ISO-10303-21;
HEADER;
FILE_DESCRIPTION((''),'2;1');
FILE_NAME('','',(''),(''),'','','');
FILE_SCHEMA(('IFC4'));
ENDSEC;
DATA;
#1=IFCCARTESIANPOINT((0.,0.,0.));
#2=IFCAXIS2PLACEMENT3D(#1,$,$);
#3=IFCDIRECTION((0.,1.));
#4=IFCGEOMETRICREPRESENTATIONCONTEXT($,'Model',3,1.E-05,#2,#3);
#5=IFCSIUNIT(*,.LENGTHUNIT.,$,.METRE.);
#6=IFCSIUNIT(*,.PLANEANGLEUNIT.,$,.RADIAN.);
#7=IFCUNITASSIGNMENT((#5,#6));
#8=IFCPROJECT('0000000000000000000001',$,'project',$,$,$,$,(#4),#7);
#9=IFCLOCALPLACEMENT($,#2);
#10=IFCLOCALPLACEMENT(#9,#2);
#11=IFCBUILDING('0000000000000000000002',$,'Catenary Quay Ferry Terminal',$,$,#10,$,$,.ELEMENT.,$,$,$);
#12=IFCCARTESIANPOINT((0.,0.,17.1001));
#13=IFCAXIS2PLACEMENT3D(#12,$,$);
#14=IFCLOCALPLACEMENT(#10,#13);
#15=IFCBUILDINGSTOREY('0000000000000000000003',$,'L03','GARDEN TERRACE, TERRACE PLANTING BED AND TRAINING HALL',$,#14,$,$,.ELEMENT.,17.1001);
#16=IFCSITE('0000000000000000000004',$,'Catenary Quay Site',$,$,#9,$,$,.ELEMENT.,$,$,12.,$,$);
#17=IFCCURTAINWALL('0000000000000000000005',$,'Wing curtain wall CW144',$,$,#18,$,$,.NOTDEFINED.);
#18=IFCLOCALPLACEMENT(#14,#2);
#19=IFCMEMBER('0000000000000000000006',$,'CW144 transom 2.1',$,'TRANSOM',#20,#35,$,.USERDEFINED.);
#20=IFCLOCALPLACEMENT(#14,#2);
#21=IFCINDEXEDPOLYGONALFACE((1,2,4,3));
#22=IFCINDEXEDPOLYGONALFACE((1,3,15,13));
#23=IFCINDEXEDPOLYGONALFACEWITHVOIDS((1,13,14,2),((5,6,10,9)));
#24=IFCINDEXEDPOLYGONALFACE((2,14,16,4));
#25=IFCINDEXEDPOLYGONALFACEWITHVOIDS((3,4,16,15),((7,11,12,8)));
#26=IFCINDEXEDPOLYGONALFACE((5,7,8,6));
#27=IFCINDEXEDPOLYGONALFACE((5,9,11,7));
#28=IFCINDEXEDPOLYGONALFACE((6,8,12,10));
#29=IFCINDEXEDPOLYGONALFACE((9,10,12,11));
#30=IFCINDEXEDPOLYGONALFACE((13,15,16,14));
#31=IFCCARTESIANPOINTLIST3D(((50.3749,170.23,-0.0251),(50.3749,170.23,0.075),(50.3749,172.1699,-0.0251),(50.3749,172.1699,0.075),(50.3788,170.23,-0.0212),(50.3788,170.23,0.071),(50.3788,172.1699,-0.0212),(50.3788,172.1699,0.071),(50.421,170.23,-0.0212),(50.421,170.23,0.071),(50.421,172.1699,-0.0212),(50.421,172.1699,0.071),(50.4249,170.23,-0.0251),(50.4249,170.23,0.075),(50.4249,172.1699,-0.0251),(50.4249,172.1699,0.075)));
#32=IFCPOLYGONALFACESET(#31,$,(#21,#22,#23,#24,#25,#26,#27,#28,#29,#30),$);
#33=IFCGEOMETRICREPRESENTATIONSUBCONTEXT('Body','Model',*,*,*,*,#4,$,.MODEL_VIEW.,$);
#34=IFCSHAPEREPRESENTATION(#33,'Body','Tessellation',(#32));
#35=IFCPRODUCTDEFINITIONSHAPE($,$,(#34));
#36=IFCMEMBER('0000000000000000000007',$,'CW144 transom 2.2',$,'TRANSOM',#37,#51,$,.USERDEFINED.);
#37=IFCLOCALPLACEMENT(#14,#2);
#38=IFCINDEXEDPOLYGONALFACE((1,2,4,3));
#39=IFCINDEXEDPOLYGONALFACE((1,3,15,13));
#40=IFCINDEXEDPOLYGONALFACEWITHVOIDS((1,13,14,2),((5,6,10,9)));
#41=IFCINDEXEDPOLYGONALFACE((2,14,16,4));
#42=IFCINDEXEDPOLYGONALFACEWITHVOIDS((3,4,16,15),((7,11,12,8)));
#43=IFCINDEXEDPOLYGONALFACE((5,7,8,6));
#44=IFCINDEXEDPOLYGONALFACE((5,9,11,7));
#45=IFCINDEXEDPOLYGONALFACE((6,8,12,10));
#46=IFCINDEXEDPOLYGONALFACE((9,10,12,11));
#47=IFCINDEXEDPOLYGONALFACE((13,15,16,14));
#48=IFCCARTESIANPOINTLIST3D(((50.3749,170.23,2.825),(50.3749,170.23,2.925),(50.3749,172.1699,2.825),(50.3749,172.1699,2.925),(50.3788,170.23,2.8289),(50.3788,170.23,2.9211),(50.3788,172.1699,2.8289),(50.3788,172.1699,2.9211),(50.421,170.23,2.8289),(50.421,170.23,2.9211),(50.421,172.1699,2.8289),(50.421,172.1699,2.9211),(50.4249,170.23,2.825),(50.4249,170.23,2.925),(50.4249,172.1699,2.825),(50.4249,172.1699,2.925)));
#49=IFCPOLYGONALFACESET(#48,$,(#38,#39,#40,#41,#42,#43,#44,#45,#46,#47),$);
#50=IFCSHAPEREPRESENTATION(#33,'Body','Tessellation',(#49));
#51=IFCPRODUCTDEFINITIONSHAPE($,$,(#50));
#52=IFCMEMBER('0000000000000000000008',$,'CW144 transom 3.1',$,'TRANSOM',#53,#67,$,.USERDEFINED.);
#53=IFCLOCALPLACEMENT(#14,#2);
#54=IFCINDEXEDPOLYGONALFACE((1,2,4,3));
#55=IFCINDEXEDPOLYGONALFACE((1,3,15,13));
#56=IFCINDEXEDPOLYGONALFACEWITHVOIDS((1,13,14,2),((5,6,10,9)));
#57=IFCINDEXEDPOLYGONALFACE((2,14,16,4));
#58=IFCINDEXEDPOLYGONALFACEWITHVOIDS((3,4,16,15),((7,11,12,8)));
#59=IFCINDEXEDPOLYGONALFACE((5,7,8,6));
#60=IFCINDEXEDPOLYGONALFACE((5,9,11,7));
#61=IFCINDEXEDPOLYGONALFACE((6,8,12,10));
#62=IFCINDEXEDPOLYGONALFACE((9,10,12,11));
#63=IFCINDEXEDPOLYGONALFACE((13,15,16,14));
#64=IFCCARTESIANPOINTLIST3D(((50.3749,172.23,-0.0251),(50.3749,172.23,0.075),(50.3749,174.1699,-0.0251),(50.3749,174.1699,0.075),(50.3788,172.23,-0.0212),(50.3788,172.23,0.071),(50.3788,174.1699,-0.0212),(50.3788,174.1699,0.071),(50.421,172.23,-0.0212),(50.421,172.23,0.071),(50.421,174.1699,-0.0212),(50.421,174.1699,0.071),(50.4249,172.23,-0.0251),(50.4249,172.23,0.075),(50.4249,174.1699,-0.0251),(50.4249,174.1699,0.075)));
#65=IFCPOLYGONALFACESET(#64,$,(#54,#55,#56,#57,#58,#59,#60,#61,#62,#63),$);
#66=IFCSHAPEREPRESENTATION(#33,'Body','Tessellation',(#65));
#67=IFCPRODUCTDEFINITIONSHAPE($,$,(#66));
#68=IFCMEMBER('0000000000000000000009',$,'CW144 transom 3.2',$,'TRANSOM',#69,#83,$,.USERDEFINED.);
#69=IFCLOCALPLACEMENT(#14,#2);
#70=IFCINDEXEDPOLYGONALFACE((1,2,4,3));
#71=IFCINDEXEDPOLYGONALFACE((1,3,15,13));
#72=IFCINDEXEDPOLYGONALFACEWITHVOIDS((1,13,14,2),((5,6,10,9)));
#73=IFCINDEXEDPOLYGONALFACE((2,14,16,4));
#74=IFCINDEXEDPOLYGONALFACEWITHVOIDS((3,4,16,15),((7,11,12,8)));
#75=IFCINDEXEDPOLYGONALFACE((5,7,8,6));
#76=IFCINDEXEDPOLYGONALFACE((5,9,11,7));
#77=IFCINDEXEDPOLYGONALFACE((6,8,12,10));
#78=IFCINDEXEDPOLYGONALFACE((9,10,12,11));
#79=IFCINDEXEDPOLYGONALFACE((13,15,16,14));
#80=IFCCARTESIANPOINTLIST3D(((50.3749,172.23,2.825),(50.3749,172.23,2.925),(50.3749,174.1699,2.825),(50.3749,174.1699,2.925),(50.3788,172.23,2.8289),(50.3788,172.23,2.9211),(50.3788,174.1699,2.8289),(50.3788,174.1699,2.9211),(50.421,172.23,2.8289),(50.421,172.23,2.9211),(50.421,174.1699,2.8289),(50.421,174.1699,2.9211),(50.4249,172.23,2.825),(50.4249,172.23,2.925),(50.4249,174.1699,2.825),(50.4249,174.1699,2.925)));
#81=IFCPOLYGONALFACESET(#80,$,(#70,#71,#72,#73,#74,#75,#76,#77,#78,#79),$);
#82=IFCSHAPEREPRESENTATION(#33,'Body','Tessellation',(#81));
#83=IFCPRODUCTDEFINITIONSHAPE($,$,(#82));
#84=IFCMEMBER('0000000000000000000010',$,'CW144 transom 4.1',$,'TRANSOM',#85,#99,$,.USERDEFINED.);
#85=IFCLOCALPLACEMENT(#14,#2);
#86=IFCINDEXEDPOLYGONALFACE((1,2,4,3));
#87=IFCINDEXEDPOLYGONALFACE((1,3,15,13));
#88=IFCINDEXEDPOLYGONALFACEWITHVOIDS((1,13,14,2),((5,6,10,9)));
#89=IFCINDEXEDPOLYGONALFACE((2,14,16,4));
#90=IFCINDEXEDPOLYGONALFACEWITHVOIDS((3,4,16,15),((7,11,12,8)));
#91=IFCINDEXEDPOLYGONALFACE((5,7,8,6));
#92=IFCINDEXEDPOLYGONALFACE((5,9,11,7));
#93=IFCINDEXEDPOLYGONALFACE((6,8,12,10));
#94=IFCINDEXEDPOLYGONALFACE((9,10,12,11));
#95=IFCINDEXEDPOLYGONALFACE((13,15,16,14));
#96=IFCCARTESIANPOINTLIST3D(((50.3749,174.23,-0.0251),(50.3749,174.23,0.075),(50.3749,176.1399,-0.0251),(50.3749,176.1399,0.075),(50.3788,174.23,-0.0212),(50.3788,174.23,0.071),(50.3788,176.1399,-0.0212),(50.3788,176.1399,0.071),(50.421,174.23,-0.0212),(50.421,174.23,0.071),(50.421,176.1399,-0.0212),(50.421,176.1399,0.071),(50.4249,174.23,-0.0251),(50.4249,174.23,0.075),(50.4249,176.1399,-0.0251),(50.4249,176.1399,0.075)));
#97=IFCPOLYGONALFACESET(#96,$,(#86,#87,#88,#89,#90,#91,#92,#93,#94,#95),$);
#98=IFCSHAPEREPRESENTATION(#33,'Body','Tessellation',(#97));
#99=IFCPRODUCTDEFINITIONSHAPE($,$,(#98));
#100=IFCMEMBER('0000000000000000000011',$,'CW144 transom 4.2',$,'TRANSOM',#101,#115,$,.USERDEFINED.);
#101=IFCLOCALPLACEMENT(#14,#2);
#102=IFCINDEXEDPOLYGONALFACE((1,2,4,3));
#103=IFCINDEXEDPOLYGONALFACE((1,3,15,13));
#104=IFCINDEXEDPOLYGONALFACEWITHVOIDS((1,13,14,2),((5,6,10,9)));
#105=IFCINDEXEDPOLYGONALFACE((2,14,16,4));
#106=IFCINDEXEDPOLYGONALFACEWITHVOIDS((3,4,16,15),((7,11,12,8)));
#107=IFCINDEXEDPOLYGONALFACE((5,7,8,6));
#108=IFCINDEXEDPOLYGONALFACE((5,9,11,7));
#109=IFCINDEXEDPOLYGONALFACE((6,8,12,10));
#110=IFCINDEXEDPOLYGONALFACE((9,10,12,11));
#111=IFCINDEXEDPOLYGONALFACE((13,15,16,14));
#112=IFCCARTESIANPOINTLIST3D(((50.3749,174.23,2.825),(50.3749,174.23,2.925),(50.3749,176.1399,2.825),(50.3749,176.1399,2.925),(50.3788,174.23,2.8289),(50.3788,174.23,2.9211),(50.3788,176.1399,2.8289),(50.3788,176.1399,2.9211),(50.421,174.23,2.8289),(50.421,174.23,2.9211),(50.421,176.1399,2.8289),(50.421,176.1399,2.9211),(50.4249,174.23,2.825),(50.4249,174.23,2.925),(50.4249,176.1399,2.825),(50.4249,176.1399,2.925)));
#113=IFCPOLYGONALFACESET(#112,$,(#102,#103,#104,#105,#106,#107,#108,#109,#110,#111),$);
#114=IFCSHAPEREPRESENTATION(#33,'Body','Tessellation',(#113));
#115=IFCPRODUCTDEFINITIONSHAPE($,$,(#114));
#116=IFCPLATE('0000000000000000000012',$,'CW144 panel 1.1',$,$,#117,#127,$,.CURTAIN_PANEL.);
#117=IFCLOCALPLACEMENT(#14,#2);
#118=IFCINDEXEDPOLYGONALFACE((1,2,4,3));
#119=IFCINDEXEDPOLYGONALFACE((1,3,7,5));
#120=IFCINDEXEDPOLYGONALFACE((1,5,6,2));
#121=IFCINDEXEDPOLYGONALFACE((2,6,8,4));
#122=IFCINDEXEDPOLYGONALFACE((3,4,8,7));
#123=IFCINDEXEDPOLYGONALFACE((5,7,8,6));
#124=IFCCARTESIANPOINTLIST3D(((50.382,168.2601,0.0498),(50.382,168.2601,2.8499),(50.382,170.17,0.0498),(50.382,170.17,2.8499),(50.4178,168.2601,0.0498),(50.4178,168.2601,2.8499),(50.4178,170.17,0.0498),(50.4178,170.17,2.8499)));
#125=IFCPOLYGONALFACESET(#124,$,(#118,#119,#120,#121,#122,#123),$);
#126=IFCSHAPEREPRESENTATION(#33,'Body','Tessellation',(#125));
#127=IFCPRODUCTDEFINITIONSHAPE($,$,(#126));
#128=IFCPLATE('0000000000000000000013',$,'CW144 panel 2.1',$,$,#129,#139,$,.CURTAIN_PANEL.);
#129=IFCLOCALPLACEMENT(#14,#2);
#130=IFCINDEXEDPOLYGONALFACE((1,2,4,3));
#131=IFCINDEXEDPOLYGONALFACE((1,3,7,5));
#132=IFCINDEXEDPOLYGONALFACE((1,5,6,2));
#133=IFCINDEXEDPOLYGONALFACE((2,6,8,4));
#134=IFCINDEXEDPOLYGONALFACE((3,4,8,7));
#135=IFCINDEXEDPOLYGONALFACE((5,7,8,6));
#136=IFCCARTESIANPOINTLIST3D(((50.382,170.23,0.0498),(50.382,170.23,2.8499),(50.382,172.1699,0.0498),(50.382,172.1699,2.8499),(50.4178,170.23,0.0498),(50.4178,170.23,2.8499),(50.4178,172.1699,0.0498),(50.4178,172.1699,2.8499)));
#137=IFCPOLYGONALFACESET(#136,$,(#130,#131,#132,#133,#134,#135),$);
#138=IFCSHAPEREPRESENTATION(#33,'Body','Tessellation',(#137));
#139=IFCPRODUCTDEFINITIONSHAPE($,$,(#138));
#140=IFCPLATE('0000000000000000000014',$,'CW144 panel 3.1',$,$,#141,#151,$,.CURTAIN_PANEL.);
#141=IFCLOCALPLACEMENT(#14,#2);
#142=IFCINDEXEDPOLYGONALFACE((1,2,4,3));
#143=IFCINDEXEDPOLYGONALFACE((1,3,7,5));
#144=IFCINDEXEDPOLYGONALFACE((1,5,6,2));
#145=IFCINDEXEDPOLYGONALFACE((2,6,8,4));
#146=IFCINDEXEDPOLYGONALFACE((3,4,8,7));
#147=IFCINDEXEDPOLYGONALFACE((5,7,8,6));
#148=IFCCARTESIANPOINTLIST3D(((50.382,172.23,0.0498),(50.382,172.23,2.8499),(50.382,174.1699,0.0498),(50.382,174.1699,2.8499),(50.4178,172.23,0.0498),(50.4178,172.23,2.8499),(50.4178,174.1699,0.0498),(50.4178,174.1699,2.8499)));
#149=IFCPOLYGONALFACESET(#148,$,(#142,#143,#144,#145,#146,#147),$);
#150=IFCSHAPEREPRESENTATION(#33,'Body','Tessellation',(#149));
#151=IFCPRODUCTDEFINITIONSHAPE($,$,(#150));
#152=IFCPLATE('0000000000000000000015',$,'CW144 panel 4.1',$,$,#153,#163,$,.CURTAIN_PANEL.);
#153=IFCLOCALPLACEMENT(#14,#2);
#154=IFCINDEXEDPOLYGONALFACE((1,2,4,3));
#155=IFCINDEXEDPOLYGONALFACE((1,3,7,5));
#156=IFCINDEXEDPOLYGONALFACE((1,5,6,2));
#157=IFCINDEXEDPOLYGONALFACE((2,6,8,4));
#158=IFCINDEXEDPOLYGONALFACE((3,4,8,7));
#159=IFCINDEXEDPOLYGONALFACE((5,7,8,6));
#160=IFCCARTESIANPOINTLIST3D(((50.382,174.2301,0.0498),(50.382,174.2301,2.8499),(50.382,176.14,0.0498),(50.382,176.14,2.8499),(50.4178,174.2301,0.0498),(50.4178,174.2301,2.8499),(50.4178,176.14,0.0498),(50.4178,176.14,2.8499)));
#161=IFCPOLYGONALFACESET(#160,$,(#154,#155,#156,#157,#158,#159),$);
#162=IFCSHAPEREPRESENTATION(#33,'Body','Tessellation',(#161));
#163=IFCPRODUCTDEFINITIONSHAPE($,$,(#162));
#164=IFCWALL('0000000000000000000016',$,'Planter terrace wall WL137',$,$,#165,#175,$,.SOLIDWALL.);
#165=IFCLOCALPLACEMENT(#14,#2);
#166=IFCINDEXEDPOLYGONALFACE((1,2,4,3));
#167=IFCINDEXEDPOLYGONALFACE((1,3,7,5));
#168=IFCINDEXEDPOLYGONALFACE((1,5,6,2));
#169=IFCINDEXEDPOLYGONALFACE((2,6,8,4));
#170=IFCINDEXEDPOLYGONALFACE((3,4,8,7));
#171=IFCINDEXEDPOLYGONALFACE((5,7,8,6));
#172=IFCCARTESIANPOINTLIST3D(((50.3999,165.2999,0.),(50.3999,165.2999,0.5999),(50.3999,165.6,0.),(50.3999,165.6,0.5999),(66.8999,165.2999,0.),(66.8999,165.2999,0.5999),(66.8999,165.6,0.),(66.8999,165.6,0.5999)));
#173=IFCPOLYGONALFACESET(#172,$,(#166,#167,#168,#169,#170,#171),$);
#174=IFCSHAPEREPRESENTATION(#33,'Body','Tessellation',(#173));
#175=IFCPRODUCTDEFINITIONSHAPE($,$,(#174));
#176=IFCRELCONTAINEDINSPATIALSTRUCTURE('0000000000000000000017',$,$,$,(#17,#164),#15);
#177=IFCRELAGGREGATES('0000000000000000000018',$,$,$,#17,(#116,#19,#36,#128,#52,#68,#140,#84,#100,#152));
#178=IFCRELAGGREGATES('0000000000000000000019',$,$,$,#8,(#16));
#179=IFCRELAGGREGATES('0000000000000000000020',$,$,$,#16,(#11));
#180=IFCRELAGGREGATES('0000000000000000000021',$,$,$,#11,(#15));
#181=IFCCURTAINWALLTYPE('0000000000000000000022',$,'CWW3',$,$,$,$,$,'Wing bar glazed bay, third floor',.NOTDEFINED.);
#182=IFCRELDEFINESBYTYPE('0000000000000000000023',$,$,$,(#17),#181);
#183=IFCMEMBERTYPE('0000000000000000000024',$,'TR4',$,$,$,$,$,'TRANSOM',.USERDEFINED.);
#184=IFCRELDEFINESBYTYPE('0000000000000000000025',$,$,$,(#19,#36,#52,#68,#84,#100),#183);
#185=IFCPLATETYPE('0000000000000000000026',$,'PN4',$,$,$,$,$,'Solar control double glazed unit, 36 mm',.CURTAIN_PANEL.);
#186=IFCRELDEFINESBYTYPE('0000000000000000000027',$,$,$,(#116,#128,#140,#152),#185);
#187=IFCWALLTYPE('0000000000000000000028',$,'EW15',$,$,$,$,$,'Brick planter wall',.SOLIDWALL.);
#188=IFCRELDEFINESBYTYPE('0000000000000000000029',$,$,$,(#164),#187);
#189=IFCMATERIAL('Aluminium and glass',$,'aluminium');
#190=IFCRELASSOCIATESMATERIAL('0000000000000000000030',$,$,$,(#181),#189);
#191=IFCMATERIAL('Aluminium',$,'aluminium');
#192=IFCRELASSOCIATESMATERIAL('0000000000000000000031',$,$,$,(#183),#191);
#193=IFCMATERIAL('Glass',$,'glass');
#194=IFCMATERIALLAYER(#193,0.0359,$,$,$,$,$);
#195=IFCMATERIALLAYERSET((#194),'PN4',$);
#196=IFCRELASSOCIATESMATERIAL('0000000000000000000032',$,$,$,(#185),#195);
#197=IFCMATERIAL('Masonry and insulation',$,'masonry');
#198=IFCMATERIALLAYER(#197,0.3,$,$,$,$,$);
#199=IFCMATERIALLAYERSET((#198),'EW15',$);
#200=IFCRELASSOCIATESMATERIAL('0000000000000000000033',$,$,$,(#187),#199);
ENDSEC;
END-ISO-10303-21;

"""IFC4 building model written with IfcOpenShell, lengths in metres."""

from ifc_helpers import new_model, si_unit, direction, frame, frame_2d, origin, origin_2d, place, context, subcontext, project, spatial, rectangle, hollow_rectangle, extrude, material, layer, layer_set, material_profile, profile_set, type_object, element, aggregate, save


model = new_model("IFC4")

# Units and contexts
model_context = context("Model", 3, precision=1e-05, world=origin(), true_north=direction((0.0, 1.0)))
body_context = subcontext(model_context, "Body", "Model", "MODEL_VIEW")
ifc_project = project(units=[si_unit("LENGTHUNIT", "METRE"), si_unit("PLANEANGLEUNIT", "RADIAN")], contexts=[model_context])

# Site, building, storey
site_placement = place(None, origin())
site = spatial("IfcSite", under=ifc_project, at=site_placement, Name="Catenary Quay Site", CompositionType="ELEMENT", RefElevation=12.0)
building_placement = place(site_placement, origin())
building = spatial("IfcBuilding", under=site, at=building_placement, Name="Catenary Quay Ferry Terminal", CompositionType="ELEMENT")
storey_placement = place(building_placement, frame((0.0, 0.0, 17.1001)))
storey = spatial("IfcBuildingStorey", under=building, at=storey_placement, Name="L03", Description="GARDEN TERRACE, TERRACE PLANTING BED AND TRAINING HALL", CompositionType="ELEMENT", Elevation=17.1001)

# Curtain wall
ifc_material_1 = material(Name="Aluminium and glass", Category="aluminium")
curtain_wall_type = type_object("IfcCurtainWallType", Name="CWW3", ElementType="Wing bar glazed bay, third floor", PredefinedType="NOTDEFINED", material=ifc_material_1)
curtain_wall_1_placement = place(storey_placement, origin())
curtain_wall_1 = element("IfcCurtainWall", 1, at=curtain_wall_1_placement, inside=storey, type_object=curtain_wall_type, Name="Wing curtain wall CW144", PredefinedType="NOTDEFINED")

# Members
ifc_material_2 = material(Name="Aluminium", Category="aluminium")
ifc_material_profile_1 = material_profile(ifc_material_2, hollow_rectangle(XDim=0.05, YDim=0.1001, WallThickness=0.0039, at=origin_2d()), Name="TR4")
ifc_profile_set_1 = profile_set([ifc_material_profile_1], Name="Aluminium")
member_type_1 = type_object("IfcMemberType", Name="TR4", ElementType="TRANSOM", PredefinedType="USERDEFINED", material=ifc_profile_set_1)
member_1_placement = place(storey_placement, frame((50.3999, 170.23, 0.0249), z_axis=(0.0, 1.0, 0.0), x_axis=(-1.0, 0.0, 0.0)))
member_1 = element("IfcMember", 2, at=member_1_placement, type_object=member_type_1, Name="CW144 transom 2.1", ObjectType="TRANSOM", PredefinedType="USERDEFINED", context=body_context, shape_type="SweptSolid", body=[
    extrude(hollow_rectangle(XDim=0.05, YDim=0.1001, WallThickness=0.0039, at=origin_2d()), origin(), (0.0, 0.0, 1.0), 1.9399),
])
member_2_placement = place(storey_placement, frame((50.3999, 170.23, 2.875), z_axis=(0.0, 1.0, 0.0), x_axis=(-1.0, 0.0, 0.0)))
member_2 = element("IfcMember", 3, at=member_2_placement, type_object=member_type_1, Name="CW144 transom 2.2", ObjectType="TRANSOM", PredefinedType="USERDEFINED", context=body_context, shape_type="SweptSolid", body=[
    extrude(hollow_rectangle(XDim=0.05, YDim=0.1001, WallThickness=0.0039, at=origin_2d()), origin(), (0.0, 0.0, 1.0), 1.9399),
])
member_3_placement = place(storey_placement, frame((50.3999, 172.23, 0.0249), z_axis=(0.0, 1.0, 0.0), x_axis=(-1.0, 0.0, 0.0)))
member_3 = element("IfcMember", 4, at=member_3_placement, type_object=member_type_1, Name="CW144 transom 3.1", ObjectType="TRANSOM", PredefinedType="USERDEFINED", context=body_context, shape_type="SweptSolid", body=[
    extrude(hollow_rectangle(XDim=0.05, YDim=0.1001, WallThickness=0.0039, at=origin_2d()), origin(), (0.0, 0.0, 1.0), 1.9399),
])
member_4_placement = place(storey_placement, frame((50.3999, 172.23, 2.875), z_axis=(0.0, 1.0, 0.0), x_axis=(-1.0, 0.0, 0.0)))
member_4 = element("IfcMember", 5, at=member_4_placement, type_object=member_type_1, Name="CW144 transom 3.2", ObjectType="TRANSOM", PredefinedType="USERDEFINED", context=body_context, shape_type="SweptSolid", body=[
    extrude(hollow_rectangle(XDim=0.05, YDim=0.1001, WallThickness=0.0039, at=origin_2d()), origin(), (0.0, 0.0, 1.0), 1.9399),
])
member_5_placement = place(storey_placement, frame((50.3999, 174.23, 0.0249), z_axis=(0.0, 1.0, 0.0), x_axis=(-1.0, 0.0, 0.0)))
member_5 = element("IfcMember", 6, at=member_5_placement, type_object=member_type_1, Name="CW144 transom 4.1", ObjectType="TRANSOM", PredefinedType="USERDEFINED", context=body_context, shape_type="SweptSolid", body=[
    extrude(hollow_rectangle(XDim=0.05, YDim=0.1001, WallThickness=0.0039, at=origin_2d()), origin(), (0.0, 0.0, 1.0), 1.9099),
])
member_6_placement = place(storey_placement, frame((50.3999, 174.23, 2.875), z_axis=(0.0, 1.0, 0.0), x_axis=(-1.0, 0.0, 0.0)))
member_6 = element("IfcMember", 7, at=member_6_placement, type_object=member_type_1, Name="CW144 transom 4.2", ObjectType="TRANSOM", PredefinedType="USERDEFINED", context=body_context, shape_type="SweptSolid", body=[
    extrude(hollow_rectangle(XDim=0.05, YDim=0.1001, WallThickness=0.0039, at=origin_2d()), origin(), (0.0, 0.0, 1.0), 1.9099),
])

# Plates
ifc_material_3 = material(Name="Glass", Category="glass")
ifc_layer_1 = layer(ifc_material_3, 0.0359)
ifc_layer_set_1 = layer_set([ifc_layer_1], Name="PN4")
plate_type = type_object("IfcPlateType", Name="PN4", ElementType="Solar control double glazed unit, 36 mm", PredefinedType="CURTAIN_PANEL", material=ifc_layer_set_1)
plate_1_placement = place(storey_placement, frame((50.3999, 169.2151, 0.0498), z_axis=(0.0, 0.0, 1.0), x_axis=(0.0, 1.0, 0.0)))
plate_1 = element("IfcPlate", 8, at=plate_1_placement, type_object=plate_type, Name="CW144 panel 1.1", PredefinedType="CURTAIN_PANEL", context=body_context, shape_type="SweptSolid", body=[
    extrude(rectangle(XDim=1.9099, YDim=0.0359, at=origin_2d()), origin(), (0.0, 0.0, 1.0), 2.8),
])
plate_2_placement = place(storey_placement, frame((50.3999, 171.2, 0.0498), z_axis=(0.0, 0.0, 1.0), x_axis=(0.0, 1.0, 0.0)))
plate_2 = element("IfcPlate", 9, at=plate_2_placement, type_object=plate_type, Name="CW144 panel 2.1", PredefinedType="CURTAIN_PANEL", context=body_context, shape_type="SweptSolid", body=[
    extrude(rectangle(XDim=1.9399, YDim=0.0359, at=origin_2d()), origin(), (0.0, 0.0, 1.0), 2.8),
])
plate_3_placement = place(storey_placement, frame((50.3999, 173.2, 0.0498), z_axis=(0.0, 0.0, 1.0), x_axis=(0.0, 1.0, 0.0)))
plate_3 = element("IfcPlate", 10, at=plate_3_placement, type_object=plate_type, Name="CW144 panel 3.1", PredefinedType="CURTAIN_PANEL", context=body_context, shape_type="SweptSolid", body=[
    extrude(rectangle(XDim=1.9399, YDim=0.0359, at=origin_2d()), origin(), (0.0, 0.0, 1.0), 2.8),
])
plate_4_placement = place(storey_placement, frame((50.3999, 175.1851, 0.0498), z_axis=(0.0, 0.0, 1.0), x_axis=(0.0, 1.0, 0.0)))
plate_4 = element("IfcPlate", 11, at=plate_4_placement, type_object=plate_type, Name="CW144 panel 4.1", PredefinedType="CURTAIN_PANEL", context=body_context, shape_type="SweptSolid", body=[
    extrude(rectangle(XDim=1.9099, YDim=0.0359, at=origin_2d()), origin(), (0.0, 0.0, 1.0), 2.8),
])
aggregate(curtain_wall_1, [plate_1, member_1, member_2, plate_2, member_3, member_4, plate_3, member_5, member_6, plate_4])

# Wall
ifc_material_4 = material(Name="Masonry and insulation", Category="masonry")
ifc_layer_2 = layer(ifc_material_4, 0.3)
ifc_layer_set_2 = layer_set([ifc_layer_2], Name="EW15")
wall_type_1 = type_object("IfcWallType", Name="EW15", ElementType="Brick planter wall", PredefinedType="SOLIDWALL", material=ifc_layer_set_2)
wall_1_placement = place(storey_placement, frame((50.3999, 165.45, 0.0), z_axis=(0.0, 0.0, 1.0), x_axis=(1.0, 0.0, 0.0)))
element("IfcWall", 12, at=wall_1_placement, inside=storey, type_object=wall_type_1, Name="Planter terrace wall WL137", PredefinedType="SOLIDWALL", context=body_context, shape_type="SweptSolid", body=[
    extrude(rectangle(XDim=16.5, YDim=0.3, at=frame_2d((8.25, 0.0))), origin(), (0.0, 0.0, 1.0), 0.5999),
])

save(model, "model.ifc")
